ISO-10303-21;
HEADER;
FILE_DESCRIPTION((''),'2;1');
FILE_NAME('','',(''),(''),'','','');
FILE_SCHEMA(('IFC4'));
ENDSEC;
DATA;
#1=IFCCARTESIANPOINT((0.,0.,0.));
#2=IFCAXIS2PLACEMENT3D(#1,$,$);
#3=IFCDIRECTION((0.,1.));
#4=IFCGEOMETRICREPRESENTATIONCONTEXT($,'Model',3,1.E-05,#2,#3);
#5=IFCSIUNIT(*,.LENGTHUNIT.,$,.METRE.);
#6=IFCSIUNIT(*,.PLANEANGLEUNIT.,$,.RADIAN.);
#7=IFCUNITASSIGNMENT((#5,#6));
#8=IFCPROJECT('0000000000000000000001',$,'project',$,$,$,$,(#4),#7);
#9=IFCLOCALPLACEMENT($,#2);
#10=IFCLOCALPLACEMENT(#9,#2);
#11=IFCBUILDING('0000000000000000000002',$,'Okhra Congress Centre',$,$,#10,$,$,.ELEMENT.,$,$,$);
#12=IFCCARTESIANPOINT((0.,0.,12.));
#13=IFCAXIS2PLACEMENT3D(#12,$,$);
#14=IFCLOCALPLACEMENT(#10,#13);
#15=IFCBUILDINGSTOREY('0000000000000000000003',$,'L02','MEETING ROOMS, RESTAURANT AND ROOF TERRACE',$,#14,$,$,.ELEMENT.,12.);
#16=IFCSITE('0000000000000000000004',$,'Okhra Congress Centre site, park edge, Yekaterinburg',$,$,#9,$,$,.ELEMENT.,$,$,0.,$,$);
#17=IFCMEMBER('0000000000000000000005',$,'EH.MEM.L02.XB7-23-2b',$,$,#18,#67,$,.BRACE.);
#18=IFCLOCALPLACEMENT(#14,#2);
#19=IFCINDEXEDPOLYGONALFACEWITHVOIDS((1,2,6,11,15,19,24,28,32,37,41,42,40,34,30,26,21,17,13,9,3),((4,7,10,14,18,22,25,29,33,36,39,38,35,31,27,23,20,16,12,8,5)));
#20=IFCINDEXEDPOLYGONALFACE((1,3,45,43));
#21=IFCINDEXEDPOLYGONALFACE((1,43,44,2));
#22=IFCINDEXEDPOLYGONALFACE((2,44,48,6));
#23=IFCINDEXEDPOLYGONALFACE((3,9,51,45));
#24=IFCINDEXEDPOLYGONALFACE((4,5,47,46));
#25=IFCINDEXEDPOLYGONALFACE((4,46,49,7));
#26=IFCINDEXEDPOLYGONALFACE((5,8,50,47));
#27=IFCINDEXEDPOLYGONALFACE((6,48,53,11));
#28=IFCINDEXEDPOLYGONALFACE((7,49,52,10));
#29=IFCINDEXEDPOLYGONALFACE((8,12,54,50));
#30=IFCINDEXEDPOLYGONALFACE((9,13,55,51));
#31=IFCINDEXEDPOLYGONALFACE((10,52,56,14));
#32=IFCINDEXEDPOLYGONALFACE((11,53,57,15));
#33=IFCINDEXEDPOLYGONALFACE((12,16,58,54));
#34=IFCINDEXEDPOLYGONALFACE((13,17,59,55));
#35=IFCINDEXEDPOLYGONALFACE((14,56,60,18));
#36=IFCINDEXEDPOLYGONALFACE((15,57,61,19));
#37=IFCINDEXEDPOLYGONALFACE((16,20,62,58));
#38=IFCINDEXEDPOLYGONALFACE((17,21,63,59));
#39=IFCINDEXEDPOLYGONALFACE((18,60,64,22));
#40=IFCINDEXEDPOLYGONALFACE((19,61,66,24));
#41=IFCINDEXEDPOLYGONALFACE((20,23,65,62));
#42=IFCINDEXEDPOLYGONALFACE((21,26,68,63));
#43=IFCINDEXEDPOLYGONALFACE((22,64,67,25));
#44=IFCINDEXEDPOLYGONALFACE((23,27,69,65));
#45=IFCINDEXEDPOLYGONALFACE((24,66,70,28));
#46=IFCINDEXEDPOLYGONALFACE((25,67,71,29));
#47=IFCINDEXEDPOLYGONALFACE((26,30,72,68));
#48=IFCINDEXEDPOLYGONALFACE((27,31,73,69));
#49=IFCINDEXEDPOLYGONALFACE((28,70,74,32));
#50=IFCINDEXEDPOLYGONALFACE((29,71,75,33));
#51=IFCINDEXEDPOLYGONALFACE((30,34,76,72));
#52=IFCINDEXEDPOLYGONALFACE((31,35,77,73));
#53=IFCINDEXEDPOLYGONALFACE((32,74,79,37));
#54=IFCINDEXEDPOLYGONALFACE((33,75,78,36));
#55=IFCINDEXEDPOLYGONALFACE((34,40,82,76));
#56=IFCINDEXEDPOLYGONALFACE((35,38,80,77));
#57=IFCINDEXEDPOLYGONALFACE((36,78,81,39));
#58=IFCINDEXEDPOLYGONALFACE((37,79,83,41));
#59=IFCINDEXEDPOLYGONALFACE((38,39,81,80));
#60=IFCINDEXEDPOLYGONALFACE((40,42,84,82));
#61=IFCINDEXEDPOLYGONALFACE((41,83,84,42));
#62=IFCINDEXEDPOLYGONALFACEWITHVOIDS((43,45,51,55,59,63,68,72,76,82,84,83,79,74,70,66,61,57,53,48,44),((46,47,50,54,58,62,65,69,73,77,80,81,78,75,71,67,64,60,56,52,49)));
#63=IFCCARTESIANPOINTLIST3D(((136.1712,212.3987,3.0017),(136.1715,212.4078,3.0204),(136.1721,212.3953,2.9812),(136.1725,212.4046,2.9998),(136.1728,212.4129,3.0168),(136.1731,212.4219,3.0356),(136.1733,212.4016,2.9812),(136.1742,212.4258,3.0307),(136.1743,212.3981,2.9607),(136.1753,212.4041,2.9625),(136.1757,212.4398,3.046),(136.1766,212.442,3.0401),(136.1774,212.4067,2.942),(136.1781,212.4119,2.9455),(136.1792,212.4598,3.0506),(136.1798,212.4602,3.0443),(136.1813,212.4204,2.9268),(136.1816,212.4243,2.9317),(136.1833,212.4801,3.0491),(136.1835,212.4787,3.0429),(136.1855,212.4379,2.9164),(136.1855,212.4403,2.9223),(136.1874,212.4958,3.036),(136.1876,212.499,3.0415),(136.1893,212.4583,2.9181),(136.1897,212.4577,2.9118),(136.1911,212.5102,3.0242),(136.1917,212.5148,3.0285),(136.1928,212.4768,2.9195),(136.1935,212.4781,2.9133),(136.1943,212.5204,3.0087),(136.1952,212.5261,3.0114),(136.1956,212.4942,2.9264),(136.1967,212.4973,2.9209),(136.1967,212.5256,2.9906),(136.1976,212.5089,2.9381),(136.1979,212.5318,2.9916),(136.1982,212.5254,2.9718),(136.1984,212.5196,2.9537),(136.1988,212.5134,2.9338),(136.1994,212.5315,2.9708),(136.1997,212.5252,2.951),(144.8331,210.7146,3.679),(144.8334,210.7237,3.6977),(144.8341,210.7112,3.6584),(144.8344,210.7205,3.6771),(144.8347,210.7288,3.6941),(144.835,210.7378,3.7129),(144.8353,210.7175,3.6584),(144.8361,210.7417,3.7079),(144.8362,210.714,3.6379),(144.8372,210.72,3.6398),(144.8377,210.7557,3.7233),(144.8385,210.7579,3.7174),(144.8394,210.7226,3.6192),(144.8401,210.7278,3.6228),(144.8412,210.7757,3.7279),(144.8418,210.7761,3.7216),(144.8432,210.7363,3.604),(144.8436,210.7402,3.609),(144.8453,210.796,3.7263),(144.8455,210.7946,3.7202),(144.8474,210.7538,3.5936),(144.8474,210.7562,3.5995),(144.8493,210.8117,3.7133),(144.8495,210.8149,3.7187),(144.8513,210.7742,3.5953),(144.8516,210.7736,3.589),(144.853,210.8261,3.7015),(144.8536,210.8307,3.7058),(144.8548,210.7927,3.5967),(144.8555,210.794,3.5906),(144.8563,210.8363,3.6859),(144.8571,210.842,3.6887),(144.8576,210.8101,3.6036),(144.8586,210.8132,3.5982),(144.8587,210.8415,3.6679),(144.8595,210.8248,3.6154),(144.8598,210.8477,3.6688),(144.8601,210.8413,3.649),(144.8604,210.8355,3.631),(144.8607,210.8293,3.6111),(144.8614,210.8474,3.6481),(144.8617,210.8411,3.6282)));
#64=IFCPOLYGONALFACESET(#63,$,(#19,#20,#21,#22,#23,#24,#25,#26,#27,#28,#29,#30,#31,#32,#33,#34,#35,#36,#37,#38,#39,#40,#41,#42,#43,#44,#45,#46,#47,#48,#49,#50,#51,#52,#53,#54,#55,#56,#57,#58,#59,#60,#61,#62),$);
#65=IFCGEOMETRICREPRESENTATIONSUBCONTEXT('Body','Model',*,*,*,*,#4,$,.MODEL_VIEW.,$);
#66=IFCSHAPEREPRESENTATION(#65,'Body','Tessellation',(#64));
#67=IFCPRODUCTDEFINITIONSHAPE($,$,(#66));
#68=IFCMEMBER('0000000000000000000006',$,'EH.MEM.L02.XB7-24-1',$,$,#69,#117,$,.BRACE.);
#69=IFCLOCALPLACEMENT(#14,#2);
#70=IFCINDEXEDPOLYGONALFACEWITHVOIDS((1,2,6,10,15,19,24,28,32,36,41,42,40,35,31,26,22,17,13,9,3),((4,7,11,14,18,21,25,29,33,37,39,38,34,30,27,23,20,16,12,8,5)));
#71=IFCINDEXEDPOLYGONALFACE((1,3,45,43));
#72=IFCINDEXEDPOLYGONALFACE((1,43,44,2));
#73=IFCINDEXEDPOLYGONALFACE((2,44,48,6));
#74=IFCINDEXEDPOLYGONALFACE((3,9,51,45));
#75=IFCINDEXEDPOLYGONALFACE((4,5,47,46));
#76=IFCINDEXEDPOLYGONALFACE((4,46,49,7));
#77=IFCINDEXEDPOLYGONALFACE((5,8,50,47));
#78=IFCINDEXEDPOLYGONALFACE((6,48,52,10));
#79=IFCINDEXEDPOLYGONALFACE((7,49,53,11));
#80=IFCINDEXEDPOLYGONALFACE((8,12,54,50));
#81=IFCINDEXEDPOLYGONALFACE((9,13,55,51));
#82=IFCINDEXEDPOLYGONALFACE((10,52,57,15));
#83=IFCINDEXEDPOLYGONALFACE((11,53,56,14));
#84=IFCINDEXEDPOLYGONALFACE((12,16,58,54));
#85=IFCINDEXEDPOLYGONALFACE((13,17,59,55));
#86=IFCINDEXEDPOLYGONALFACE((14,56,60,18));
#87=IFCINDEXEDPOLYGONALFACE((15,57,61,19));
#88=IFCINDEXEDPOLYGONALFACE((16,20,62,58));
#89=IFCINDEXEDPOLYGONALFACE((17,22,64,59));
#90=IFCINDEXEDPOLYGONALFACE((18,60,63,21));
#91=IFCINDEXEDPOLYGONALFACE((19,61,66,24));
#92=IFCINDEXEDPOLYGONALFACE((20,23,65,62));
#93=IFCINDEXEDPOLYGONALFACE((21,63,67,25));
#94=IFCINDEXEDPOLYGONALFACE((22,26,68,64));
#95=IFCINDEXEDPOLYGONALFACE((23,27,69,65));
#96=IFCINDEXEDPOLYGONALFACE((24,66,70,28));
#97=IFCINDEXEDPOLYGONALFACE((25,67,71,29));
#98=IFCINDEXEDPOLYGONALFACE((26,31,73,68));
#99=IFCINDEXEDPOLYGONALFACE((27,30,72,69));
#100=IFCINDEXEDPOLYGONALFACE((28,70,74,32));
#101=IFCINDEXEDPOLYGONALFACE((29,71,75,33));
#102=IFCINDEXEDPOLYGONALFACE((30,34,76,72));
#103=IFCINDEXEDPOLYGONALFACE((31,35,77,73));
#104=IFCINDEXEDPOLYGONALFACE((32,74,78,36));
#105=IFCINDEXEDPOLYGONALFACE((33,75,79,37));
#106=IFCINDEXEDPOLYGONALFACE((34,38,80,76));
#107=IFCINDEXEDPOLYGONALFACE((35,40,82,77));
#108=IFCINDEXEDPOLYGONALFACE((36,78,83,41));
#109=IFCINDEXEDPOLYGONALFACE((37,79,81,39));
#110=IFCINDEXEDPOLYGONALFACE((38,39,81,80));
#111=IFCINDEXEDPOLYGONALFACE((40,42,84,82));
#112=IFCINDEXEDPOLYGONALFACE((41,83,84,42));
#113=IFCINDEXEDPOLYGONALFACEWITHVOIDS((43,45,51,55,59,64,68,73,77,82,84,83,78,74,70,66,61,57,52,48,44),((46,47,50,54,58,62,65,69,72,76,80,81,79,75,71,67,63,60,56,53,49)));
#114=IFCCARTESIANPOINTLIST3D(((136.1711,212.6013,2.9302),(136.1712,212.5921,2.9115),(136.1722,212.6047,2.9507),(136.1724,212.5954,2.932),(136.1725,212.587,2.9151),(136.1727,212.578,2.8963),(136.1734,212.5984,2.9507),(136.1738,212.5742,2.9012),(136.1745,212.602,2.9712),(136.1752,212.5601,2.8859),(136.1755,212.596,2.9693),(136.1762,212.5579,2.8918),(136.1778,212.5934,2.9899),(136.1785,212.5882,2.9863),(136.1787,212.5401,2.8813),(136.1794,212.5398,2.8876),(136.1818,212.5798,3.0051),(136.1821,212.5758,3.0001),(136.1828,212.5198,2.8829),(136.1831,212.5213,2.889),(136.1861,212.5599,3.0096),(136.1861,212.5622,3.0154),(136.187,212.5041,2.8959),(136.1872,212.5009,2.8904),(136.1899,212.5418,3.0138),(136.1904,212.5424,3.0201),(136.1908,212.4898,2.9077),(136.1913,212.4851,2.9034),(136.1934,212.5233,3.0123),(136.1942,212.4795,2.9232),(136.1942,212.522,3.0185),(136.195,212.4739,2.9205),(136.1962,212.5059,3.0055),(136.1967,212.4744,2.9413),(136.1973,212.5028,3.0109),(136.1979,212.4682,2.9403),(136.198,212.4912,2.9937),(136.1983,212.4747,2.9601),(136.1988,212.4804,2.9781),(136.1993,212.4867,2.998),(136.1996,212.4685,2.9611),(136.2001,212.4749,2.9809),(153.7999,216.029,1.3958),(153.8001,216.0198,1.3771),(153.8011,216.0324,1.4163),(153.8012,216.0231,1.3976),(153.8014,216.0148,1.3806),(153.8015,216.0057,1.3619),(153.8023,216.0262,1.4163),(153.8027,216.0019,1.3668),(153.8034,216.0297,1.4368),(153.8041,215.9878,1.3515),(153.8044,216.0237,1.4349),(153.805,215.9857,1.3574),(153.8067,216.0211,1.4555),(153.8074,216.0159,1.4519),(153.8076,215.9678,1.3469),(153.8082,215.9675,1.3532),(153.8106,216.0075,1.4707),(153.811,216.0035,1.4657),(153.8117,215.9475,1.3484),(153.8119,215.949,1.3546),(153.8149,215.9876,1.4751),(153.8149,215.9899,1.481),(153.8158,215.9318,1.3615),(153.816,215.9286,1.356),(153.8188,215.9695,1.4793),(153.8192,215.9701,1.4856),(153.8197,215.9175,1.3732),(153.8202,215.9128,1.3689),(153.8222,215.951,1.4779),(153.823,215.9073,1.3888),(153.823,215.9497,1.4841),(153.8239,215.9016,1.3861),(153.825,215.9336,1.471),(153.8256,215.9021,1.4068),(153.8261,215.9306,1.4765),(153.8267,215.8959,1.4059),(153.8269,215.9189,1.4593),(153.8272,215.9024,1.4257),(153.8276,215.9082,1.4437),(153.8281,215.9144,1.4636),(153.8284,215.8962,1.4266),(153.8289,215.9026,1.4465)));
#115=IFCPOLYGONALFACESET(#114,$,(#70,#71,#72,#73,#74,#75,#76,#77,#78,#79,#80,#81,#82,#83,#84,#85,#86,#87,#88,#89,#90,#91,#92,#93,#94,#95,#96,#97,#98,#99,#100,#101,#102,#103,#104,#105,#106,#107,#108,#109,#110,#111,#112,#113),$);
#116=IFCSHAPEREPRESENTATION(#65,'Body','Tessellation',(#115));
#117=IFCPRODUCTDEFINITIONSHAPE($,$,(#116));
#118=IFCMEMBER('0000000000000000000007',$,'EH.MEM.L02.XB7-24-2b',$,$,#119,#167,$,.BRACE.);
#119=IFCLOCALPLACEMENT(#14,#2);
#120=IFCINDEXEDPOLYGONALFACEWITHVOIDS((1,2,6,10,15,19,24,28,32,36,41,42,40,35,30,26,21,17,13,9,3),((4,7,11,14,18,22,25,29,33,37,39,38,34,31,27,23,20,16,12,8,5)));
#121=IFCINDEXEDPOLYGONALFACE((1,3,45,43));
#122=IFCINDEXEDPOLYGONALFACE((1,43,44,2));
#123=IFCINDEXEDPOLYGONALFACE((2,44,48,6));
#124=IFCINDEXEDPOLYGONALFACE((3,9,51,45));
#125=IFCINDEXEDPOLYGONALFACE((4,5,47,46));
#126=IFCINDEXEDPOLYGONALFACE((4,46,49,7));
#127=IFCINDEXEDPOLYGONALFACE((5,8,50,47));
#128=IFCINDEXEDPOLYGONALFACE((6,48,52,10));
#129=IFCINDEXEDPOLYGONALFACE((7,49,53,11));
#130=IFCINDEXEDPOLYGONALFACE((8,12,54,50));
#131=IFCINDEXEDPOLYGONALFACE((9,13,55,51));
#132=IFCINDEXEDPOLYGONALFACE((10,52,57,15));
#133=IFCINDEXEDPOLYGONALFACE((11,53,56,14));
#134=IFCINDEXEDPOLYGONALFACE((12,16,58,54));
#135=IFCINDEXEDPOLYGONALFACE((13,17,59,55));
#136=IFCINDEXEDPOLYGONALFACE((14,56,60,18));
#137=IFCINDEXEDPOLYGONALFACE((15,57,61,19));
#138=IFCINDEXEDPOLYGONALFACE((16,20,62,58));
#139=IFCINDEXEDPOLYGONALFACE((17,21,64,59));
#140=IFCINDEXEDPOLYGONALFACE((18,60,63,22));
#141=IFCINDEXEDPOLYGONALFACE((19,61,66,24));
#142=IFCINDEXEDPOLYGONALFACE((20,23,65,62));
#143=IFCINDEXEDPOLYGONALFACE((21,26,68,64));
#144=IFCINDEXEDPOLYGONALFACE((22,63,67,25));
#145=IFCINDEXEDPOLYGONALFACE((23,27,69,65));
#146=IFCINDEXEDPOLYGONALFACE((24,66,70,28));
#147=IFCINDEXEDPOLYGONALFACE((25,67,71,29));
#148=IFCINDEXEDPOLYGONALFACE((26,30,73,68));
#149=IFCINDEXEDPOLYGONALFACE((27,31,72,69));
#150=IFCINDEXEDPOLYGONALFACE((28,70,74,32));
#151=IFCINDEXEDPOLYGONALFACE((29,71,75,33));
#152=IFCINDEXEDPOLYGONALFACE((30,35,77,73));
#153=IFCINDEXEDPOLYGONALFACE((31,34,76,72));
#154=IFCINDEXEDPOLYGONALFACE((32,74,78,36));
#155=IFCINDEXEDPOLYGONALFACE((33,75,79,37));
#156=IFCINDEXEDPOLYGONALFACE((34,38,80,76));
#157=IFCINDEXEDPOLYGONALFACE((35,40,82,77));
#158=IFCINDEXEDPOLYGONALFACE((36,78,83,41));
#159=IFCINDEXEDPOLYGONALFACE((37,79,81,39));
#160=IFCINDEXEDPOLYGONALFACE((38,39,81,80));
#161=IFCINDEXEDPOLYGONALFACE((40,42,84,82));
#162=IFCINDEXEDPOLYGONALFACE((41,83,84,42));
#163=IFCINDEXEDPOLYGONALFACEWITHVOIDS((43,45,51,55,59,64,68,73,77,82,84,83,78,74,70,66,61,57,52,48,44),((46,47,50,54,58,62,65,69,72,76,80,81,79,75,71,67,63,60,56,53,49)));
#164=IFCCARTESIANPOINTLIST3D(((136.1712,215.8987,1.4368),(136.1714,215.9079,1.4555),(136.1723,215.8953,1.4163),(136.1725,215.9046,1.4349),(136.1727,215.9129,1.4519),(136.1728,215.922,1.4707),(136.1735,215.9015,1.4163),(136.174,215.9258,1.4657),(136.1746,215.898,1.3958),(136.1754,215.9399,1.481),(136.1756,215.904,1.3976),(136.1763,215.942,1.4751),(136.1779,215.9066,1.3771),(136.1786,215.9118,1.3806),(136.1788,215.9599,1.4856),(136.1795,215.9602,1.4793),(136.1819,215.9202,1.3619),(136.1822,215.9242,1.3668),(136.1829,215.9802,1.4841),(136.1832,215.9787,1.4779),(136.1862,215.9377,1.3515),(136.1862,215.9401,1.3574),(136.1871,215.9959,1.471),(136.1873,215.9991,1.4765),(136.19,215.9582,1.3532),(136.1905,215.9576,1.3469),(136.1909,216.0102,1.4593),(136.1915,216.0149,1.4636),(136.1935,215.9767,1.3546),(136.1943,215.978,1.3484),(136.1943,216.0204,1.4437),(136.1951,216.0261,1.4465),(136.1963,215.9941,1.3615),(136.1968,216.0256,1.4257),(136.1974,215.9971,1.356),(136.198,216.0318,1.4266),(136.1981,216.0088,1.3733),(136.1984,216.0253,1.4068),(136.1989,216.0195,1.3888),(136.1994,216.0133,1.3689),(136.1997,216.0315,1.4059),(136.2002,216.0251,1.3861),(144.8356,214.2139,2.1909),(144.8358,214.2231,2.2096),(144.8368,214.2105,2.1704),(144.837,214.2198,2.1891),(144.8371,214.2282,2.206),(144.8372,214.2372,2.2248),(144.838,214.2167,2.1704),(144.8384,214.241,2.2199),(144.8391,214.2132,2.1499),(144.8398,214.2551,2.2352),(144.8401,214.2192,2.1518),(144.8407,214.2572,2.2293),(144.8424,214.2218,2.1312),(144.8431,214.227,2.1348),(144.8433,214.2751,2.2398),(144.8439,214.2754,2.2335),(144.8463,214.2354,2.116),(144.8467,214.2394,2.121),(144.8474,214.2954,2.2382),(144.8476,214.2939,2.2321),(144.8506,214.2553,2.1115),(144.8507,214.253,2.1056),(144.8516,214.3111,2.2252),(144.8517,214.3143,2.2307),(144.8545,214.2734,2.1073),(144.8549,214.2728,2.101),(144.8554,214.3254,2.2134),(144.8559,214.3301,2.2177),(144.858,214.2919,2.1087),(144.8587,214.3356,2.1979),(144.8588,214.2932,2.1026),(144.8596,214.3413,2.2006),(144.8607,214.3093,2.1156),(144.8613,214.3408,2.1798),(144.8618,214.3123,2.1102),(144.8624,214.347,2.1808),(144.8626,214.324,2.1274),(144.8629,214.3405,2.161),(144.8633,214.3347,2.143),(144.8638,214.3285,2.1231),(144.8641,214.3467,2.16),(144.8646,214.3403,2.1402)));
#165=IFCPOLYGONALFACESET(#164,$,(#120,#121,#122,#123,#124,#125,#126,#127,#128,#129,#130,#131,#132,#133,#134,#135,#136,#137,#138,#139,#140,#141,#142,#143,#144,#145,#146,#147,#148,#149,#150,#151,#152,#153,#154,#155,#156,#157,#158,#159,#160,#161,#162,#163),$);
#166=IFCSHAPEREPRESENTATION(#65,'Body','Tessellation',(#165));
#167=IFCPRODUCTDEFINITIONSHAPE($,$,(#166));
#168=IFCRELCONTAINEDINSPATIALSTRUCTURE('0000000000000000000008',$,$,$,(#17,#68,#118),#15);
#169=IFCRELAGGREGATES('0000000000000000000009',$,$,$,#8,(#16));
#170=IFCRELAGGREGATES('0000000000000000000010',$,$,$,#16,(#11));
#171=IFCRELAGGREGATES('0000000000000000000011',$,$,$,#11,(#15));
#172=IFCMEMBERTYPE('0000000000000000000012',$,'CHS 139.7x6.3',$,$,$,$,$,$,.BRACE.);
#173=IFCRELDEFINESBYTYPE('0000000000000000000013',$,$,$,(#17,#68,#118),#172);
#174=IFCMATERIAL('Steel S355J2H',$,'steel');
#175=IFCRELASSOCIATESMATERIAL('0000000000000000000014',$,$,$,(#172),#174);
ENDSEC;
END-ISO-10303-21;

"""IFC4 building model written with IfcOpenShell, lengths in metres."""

from ifc_helpers import new_model, si_unit, direction, frame, origin, origin_2d, place, context, subcontext, project, spatial, hollow_circle, extrude, material, material_profile, profile_set, type_object, element, save


model = new_model("IFC4")

# Units and contexts
model_context = context("Model", 3, precision=1e-05, world=origin(), true_north=direction((0.0, 1.0)))
body_context = subcontext(model_context, "Body", "Model", "MODEL_VIEW")
ifc_project = project(units=[si_unit("LENGTHUNIT", "METRE"), si_unit("PLANEANGLEUNIT", "RADIAN")], contexts=[model_context])

# Site, building, storey
site_placement = place(None, origin())
site = spatial("IfcSite", under=ifc_project, at=site_placement, Name="Okhra Congress Centre site, park edge, Yekaterinburg", CompositionType="ELEMENT", RefElevation=0.0)
building_placement = place(site_placement, origin())
building = spatial("IfcBuilding", under=site, at=building_placement, Name="Okhra Congress Centre", CompositionType="ELEMENT")
storey_placement = place(building_placement, frame((0.0, 0.0, 12.0)))
storey = spatial("IfcBuildingStorey", under=building, at=storey_placement, Name="L02", Description="MEETING ROOMS, RESTAURANT AND ROOF TERRACE", CompositionType="ELEMENT", Elevation=12.0)

# Members
ifc_material_1 = material(Name="Steel S355J2H", Category="steel")
ifc_material_profile_1 = material_profile(ifc_material_1, hollow_circle(Radius=0.0698, WallThickness=0.0063, at=origin_2d()), Name="CHS 139.7x6.3")
ifc_profile_set_1 = profile_set([ifc_material_profile_1], Name="Steel S355J2H")
member_type_1 = type_object("IfcMemberType", Name="CHS 139.7x6.3", PredefinedType="BRACE", material=ifc_profile_set_1)
member_1_placement = place(storey_placement, frame((144.8474, 210.7798, 3.6584), z_axis=(-0.978741, 0.190292, -0.076525), x_axis=(-0.190851, -0.981619, 0.0)))
element("IfcMember", 1, at=member_1_placement, inside=storey, type_object=member_type_1, Name="EH.MEM.L02.XB7-23-2b", PredefinedType="BRACE", context=body_context, shape_type="SweptSolid", body=[
    extrude(hollow_circle(Radius=0.0698, WallThickness=0.0063, at=origin_2d()), origin(), (0.0, 0.0, 1.0), 8.8501),
])
member_2_placement = place(storey_placement, frame((136.1855, 212.5361, 2.9507), z_axis=(0.978053, 0.190171, -0.08513), x_axis=(-0.190864, 0.981617, 0.0)))
element("IfcMember", 2, at=member_2_placement, inside=storey, type_object=member_type_1, Name="EH.MEM.L02.XB7-24-1", PredefinedType="BRACE", context=body_context, shape_type="SweptSolid", body=[
    extrude(hollow_circle(Radius=0.0698, WallThickness=0.0063, at=origin_2d()), origin(), (0.0, 0.0, 1.0), 18.0244),
])
member_3_placement = place(storey_placement, frame((144.8501, 214.2791, 2.1704), z_axis=(-0.978051, 0.190181, -0.085128), x_axis=(-0.190874, -0.981615, 0.0)))
element("IfcMember", 3, at=member_3_placement, inside=storey, type_object=member_type_1, Name="EH.MEM.L02.XB7-24-2b", PredefinedType="BRACE", context=body_context, shape_type="SweptSolid", body=[
    extrude(hollow_circle(Radius=0.0698, WallThickness=0.0063, at=origin_2d()), origin(), (0.0, 0.0, 1.0), 8.8589),
])

save(model, "model.ifc")
